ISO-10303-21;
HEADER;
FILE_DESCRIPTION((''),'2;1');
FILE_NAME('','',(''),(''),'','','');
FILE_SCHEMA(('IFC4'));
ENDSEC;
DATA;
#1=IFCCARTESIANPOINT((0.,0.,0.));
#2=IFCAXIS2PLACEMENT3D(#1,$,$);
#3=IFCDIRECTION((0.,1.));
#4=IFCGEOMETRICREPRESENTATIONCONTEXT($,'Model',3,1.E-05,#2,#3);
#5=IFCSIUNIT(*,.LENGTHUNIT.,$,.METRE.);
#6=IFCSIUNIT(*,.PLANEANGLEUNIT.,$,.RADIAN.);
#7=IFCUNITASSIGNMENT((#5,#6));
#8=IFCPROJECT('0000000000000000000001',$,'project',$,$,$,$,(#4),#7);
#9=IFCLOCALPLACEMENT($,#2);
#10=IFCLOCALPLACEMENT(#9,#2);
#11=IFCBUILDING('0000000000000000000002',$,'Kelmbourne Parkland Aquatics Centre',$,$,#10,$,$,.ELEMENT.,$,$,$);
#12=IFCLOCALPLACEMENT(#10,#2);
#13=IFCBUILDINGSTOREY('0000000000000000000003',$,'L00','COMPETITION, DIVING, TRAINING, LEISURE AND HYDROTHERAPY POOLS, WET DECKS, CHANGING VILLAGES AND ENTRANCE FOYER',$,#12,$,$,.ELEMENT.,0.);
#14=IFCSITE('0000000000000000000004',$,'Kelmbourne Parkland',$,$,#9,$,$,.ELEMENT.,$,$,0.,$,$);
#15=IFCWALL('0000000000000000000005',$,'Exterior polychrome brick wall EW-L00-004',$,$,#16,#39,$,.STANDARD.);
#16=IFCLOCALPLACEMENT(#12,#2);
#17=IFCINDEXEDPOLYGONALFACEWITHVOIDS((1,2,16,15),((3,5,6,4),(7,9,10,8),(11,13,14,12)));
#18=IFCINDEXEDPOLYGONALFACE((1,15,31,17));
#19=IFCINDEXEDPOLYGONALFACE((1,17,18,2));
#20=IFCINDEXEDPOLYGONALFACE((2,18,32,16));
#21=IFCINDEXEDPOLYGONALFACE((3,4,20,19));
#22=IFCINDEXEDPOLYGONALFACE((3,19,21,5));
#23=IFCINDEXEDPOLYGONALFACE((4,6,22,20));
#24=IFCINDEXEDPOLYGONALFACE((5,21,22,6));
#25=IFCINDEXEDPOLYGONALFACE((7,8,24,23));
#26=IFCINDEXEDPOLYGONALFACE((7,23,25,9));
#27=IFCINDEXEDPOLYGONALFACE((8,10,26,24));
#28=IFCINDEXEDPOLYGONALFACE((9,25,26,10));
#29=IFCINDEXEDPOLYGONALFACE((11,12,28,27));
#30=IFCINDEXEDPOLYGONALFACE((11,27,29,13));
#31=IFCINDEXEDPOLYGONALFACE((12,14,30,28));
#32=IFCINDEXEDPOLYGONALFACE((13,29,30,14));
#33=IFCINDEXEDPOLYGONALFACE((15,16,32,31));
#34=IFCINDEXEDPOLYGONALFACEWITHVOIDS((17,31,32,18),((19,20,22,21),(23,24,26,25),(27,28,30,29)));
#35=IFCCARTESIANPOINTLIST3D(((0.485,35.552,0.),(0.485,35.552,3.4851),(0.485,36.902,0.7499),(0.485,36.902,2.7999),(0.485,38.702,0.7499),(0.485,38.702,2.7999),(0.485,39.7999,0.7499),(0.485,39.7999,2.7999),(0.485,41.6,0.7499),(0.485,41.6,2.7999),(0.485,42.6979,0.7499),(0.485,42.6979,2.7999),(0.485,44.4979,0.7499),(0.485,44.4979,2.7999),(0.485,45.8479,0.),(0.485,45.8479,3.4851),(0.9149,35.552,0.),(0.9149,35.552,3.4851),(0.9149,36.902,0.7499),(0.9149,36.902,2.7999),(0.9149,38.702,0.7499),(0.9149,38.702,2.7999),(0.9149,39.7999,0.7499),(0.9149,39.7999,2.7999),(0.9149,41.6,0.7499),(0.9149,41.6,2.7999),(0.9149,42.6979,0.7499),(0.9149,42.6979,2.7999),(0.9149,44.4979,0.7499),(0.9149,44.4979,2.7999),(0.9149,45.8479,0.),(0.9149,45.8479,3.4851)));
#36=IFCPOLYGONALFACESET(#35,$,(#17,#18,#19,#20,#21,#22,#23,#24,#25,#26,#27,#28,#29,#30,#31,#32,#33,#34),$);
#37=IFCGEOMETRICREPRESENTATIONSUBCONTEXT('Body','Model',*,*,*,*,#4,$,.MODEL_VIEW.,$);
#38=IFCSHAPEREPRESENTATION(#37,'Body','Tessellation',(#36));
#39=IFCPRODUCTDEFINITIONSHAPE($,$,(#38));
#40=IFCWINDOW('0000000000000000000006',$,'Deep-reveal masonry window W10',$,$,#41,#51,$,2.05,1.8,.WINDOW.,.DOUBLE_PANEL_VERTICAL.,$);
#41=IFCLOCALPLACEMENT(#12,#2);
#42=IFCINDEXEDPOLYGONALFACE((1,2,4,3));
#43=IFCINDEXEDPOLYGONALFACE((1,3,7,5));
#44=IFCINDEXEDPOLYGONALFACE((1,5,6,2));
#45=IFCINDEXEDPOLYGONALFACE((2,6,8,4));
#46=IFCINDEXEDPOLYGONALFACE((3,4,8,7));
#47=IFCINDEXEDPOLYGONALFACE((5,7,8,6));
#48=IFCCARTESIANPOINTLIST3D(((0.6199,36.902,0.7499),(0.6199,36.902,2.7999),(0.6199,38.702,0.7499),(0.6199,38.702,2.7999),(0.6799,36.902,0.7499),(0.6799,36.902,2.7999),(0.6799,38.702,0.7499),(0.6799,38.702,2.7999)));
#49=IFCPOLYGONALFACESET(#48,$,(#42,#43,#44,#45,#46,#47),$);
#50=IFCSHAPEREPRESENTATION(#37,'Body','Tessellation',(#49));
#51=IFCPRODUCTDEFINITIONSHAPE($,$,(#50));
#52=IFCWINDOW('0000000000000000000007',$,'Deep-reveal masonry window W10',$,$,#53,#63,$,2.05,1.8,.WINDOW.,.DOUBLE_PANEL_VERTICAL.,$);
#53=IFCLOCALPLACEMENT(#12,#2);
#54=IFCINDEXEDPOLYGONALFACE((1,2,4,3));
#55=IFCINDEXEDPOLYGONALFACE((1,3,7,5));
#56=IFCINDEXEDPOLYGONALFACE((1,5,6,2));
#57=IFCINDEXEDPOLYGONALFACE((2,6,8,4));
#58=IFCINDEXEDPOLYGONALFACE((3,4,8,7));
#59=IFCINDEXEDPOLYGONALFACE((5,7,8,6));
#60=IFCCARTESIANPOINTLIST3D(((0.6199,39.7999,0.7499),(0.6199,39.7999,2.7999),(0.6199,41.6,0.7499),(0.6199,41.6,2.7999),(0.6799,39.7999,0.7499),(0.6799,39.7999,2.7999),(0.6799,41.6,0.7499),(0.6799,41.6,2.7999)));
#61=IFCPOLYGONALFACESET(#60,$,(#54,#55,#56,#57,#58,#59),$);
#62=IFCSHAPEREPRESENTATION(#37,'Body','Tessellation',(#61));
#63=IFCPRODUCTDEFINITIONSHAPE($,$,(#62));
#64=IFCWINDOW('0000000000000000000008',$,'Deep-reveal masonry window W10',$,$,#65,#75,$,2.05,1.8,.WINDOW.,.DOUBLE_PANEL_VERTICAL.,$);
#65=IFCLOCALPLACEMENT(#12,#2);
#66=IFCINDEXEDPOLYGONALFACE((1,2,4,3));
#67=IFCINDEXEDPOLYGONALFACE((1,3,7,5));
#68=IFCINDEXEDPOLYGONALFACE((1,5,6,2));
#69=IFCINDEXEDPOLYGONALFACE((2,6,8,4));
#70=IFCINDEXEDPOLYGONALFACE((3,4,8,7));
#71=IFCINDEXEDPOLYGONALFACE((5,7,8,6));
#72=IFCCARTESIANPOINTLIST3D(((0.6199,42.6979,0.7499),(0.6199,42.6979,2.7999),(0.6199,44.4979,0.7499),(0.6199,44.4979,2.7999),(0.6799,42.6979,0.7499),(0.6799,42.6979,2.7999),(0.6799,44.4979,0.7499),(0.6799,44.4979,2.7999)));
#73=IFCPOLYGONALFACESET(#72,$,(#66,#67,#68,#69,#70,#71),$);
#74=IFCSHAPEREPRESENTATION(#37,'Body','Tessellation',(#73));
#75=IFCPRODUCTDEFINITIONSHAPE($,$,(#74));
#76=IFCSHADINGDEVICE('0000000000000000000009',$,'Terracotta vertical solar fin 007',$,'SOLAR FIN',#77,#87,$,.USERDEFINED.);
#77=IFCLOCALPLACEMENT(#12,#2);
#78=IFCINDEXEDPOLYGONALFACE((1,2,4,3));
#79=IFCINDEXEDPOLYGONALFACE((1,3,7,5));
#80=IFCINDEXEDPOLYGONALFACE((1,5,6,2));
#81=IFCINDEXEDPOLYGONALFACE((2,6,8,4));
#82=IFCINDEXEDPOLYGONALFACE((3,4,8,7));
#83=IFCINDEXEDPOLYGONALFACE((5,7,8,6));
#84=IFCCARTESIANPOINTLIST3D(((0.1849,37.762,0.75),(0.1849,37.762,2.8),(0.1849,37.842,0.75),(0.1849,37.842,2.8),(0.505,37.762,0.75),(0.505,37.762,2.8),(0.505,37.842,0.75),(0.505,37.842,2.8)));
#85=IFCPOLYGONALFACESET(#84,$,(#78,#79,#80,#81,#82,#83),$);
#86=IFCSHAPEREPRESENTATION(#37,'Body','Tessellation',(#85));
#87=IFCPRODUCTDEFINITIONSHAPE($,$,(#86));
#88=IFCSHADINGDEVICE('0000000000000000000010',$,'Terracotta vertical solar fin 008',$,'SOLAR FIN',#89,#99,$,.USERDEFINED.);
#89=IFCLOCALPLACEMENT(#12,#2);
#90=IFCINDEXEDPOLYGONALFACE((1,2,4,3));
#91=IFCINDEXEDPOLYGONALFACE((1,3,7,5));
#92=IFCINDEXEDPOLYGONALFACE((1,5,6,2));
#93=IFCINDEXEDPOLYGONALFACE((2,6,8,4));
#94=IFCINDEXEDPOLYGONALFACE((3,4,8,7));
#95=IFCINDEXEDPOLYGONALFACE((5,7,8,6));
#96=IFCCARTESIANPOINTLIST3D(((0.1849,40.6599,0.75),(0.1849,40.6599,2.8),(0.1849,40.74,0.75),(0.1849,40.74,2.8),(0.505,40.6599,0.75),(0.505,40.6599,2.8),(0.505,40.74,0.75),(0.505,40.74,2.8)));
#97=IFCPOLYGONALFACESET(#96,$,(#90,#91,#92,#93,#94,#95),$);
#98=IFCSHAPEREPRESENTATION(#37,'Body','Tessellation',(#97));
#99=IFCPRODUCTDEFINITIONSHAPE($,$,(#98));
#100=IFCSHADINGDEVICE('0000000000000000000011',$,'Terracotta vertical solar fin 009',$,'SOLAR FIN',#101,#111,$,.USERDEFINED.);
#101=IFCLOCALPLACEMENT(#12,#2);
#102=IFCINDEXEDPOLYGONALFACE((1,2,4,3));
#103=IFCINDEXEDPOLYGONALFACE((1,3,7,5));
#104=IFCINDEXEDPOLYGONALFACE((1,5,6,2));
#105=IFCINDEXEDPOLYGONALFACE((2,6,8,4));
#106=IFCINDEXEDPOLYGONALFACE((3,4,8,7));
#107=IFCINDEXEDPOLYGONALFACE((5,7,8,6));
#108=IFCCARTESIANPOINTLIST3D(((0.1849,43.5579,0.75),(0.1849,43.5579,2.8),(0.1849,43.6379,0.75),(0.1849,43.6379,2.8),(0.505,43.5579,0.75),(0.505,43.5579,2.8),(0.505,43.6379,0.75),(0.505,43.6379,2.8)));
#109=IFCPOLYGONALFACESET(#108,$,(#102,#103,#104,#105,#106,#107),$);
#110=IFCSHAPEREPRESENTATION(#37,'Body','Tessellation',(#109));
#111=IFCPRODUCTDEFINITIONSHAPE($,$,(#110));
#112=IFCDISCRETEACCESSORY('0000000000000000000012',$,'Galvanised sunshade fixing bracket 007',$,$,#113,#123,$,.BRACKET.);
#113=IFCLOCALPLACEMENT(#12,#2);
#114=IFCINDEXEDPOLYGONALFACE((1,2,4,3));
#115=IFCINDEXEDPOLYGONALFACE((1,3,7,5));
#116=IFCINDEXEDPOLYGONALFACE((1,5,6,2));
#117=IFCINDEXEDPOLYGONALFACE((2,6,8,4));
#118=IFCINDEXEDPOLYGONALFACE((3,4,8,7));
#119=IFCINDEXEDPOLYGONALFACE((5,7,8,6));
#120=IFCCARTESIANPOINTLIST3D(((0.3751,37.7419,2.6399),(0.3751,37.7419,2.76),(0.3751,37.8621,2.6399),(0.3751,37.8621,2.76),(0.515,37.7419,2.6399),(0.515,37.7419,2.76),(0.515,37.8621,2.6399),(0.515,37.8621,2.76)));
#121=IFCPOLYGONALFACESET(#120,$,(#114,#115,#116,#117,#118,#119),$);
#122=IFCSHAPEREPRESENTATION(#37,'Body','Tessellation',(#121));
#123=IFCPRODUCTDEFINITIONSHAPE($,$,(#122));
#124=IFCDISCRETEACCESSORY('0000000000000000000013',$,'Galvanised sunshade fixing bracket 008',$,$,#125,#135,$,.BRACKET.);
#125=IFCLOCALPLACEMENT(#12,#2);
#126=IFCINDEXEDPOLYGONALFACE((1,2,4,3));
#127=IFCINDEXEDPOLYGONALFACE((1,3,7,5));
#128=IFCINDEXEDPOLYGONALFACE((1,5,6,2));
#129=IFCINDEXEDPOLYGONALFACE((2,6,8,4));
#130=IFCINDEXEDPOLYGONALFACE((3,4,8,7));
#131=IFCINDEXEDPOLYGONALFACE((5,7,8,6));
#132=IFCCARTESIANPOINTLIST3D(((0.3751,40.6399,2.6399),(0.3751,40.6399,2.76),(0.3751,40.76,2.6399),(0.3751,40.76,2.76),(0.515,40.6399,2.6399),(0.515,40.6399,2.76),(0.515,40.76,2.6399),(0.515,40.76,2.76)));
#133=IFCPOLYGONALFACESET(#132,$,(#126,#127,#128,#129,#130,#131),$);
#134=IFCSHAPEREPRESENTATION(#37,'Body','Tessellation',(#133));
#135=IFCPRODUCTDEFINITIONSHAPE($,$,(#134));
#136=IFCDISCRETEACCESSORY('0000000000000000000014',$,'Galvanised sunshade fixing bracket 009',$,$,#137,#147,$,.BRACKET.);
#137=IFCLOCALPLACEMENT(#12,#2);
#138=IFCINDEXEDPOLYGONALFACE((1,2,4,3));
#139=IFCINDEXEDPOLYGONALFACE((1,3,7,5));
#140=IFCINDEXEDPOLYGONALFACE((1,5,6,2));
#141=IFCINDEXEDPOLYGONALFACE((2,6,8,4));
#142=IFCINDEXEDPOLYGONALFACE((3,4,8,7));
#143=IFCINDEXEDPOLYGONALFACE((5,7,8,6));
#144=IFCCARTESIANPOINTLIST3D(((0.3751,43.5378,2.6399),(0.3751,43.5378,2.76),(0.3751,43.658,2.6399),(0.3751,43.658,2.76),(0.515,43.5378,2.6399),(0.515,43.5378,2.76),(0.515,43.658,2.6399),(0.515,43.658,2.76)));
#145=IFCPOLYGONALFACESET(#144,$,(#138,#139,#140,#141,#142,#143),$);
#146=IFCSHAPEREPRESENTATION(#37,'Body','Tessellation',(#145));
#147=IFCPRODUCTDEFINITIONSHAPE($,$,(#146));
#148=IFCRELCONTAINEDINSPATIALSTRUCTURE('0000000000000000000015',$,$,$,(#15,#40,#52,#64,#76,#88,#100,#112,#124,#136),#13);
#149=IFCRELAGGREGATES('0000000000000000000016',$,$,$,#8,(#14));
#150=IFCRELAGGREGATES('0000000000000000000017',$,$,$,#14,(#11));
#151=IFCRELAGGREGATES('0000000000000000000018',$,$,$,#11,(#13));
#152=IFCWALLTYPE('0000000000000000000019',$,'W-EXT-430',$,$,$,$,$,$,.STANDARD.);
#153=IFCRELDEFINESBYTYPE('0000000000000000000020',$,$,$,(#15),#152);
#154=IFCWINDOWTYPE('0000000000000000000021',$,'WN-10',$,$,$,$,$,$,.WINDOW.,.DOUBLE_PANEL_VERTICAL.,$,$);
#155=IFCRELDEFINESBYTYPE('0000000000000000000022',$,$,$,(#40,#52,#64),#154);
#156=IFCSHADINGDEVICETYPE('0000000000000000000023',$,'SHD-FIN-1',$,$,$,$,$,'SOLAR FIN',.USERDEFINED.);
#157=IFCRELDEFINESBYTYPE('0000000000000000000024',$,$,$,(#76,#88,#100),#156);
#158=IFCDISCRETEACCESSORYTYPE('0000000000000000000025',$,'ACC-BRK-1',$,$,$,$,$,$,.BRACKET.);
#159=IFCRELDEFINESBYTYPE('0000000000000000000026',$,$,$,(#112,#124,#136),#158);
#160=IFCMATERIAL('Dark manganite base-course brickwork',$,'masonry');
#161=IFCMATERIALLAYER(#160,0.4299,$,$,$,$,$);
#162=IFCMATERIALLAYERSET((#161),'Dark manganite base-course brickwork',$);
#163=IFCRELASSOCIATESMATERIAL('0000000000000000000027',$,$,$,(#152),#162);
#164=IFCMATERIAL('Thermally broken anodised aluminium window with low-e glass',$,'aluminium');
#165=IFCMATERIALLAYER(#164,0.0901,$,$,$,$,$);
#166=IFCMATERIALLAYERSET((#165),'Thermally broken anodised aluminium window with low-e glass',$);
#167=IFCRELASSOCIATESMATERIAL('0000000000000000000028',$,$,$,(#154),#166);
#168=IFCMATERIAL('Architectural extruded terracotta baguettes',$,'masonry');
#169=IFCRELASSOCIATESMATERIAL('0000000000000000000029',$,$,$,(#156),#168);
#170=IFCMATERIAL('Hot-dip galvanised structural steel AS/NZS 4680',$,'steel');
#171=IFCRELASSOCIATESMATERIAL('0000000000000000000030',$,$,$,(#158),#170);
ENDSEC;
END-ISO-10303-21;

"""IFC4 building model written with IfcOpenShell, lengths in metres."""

from ifc_helpers import new_model, si_unit, direction, frame, frame_2d, origin, origin_2d, place, context, subcontext, project, spatial, rectangle, extrude, material, layer, layer_set, type_object, element, fill, save


model = new_model("IFC4")

# Units and contexts
model_context = context("Model", 3, precision=1e-05, world=origin(), true_north=direction((0.0, 1.0)))
body_context = subcontext(model_context, "Body", "Model", "MODEL_VIEW")
ifc_project = project(units=[si_unit("LENGTHUNIT", "METRE"), si_unit("PLANEANGLEUNIT", "RADIAN")], contexts=[model_context])

# Site, building, storey
site_placement = place(None, origin())
site = spatial("IfcSite", under=ifc_project, at=site_placement, Name="Kelmbourne Parkland", CompositionType="ELEMENT", RefElevation=0.0)
building_placement = place(site_placement, origin())
building = spatial("IfcBuilding", under=site, at=building_placement, Name="Kelmbourne Parkland Aquatics Centre", CompositionType="ELEMENT")
storey_placement = place(building_placement, origin())
storey = spatial("IfcBuildingStorey", under=building, at=storey_placement, Name="L00", Description="COMPETITION, DIVING, TRAINING, LEISURE AND HYDROTHERAPY POOLS, WET DECKS, CHANGING VILLAGES AND ENTRANCE FOYER", CompositionType="ELEMENT", Elevation=0.0)

# Wall, openings, windows
ifc_material_1 = material(Name="Dark manganite base-course brickwork", Category="masonry")
ifc_layer_1 = layer(ifc_material_1, 0.4299)
ifc_layer_set_1 = layer_set([ifc_layer_1], Name="Dark manganite base-course brickwork")
wall_type = type_object("IfcWallType", Name="W-EXT-430", PredefinedType="STANDARD", material=ifc_layer_set_1)
wall_placement = place(storey_placement, frame((0.7, 35.552, 0.0), z_axis=(0.0, 0.0, 1.0), x_axis=(0.0, 1.0, 0.0)))
wall = element("IfcWall", 1, at=wall_placement, inside=storey, type_object=wall_type, Name="Exterior polychrome brick wall EW-L00-004", PredefinedType="STANDARD", context=body_context, shape_type="SweptSolid", body=[
    extrude(rectangle(XDim=10.2959, YDim=0.4299, at=frame_2d((5.1479, 0.0))), origin(), (0.0, 0.0, 1.0), 3.4851),
])
opening_1_placement = place(wall_placement, frame((1.3501, 0.0, 0.75)))
opening_1 = element("IfcOpeningElement", 2, at=opening_1_placement, cuts=wall, PredefinedType="OPENING", context=body_context, shape_type="SweptSolid", body=[
    extrude(rectangle(XDim=1.8, YDim=2.05, at=frame_2d((0.8999, 1.0249))), frame((0.0, 0.2271, 0.0), z_axis=(0.0, -1.0, 0.0), x_axis=(1.0, 0.0, 0.0)), (0.0, 0.0, 1.0), 0.4539),
])
opening_2_placement = place(wall_placement, frame((4.248, 0.0, 0.75)))
opening_2 = element("IfcOpeningElement", 3, at=opening_2_placement, cuts=wall, PredefinedType="OPENING", context=body_context, shape_type="SweptSolid", body=[
    extrude(rectangle(XDim=1.8, YDim=2.05, at=frame_2d((0.8999, 1.0249))), frame((0.0, 0.2271, 0.0), z_axis=(0.0, -1.0, 0.0), x_axis=(1.0, 0.0, 0.0)), (0.0, 0.0, 1.0), 0.4539),
])
opening_3_placement = place(wall_placement, frame((7.146, 0.0, 0.75)))
opening_3 = element("IfcOpeningElement", 4, at=opening_3_placement, cuts=wall, PredefinedType="OPENING", context=body_context, shape_type="SweptSolid", body=[
    extrude(rectangle(XDim=1.8, YDim=2.05, at=frame_2d((0.8999, 1.0249))), frame((0.0, 0.2271, 0.0), z_axis=(0.0, -1.0, 0.0), x_axis=(1.0, 0.0, 0.0)), (0.0, 0.0, 1.0), 0.4539),
])
ifc_material_2 = material(Name="Thermally broken anodised aluminium window with low-e glass", Category="aluminium")
ifc_layer_2 = layer(ifc_material_2, 0.0901)
ifc_layer_set_2 = layer_set([ifc_layer_2], Name="Thermally broken anodised aluminium window with low-e glass")
window_type = type_object("IfcWindowType", Name="WN-10", PartitioningType="DOUBLE_PANEL_VERTICAL", PredefinedType="WINDOW", material=ifc_layer_set_2)
window_1_placement = place(opening_1_placement, origin())
window_1 = element("IfcWindow", 5, at=window_1_placement, inside=storey, type_object=window_type, Name="Deep-reveal masonry window W10", OverallHeight=2.05, OverallWidth=1.8, PartitioningType="DOUBLE_PANEL_VERTICAL", PredefinedType="WINDOW", context=body_context, shape_type="SweptSolid", body=[
    extrude(rectangle(XDim=1.8, YDim=2.05, at=frame_2d((0.8999, 1.0249))), frame((0.0, 0.0801, 0.0), z_axis=(0.0, -1.0, 0.0), x_axis=(1.0, 0.0, 0.0)), (0.0, 0.0, 1.0), 0.0601),
])
fill(opening_1, window_1)
window_2_placement = place(opening_2_placement, origin())
window_2 = element("IfcWindow", 6, at=window_2_placement, inside=storey, type_object=window_type, Name="Deep-reveal masonry window W10", OverallHeight=2.05, OverallWidth=1.8, PartitioningType="DOUBLE_PANEL_VERTICAL", PredefinedType="WINDOW", context=body_context, shape_type="SweptSolid", body=[
    extrude(rectangle(XDim=1.8, YDim=2.05, at=frame_2d((0.8999, 1.0249))), frame((0.0, 0.0801, 0.0), z_axis=(0.0, -1.0, 0.0), x_axis=(1.0, 0.0, 0.0)), (0.0, 0.0, 1.0), 0.0601),
])
fill(opening_2, window_2)
window_3_placement = place(opening_3_placement, origin())
window_3 = element("IfcWindow", 7, at=window_3_placement, inside=storey, type_object=window_type, Name="Deep-reveal masonry window W10", OverallHeight=2.05, OverallWidth=1.8, PartitioningType="DOUBLE_PANEL_VERTICAL", PredefinedType="WINDOW", context=body_context, shape_type="SweptSolid", body=[
    extrude(rectangle(XDim=1.8, YDim=2.05, at=frame_2d((0.8999, 1.0249))), frame((0.0, 0.0801, 0.0), z_axis=(0.0, -1.0, 0.0), x_axis=(1.0, 0.0, 0.0)), (0.0, 0.0, 1.0), 0.0601),
])
fill(opening_3, window_3)

# Shading devices
ifc_material_3 = material(Name="Architectural extruded terracotta baguettes", Category="masonry")
shading_device_type = type_object("IfcShadingDeviceType", Name="SHD-FIN-1", ElementType="SOLAR FIN", PredefinedType="USERDEFINED", material=ifc_material_3)
for number, where, z_axis, x_axis, name in (
    (8, (0.345, 37.802, 0.75), (0.0, 0.0, 1.0), (0.0, 1.0, 0.0), "Terracotta vertical solar fin 007"),
    (9, (0.345, 40.7, 0.75), (0.0, 0.0, 1.0), (0.0, 1.0, 0.0), "Terracotta vertical solar fin 008"),
    (10, (0.345, 43.5979, 0.75), (0.0, 0.0, 1.0), (0.0, 1.0, 0.0), "Terracotta vertical solar fin 009"),
):
    element("IfcShadingDevice", number, at=place(storey_placement, frame(where, z_axis=z_axis, x_axis=x_axis)), inside=storey, type_object=shading_device_type, Name=name, ObjectType="SOLAR FIN", PredefinedType="USERDEFINED", context=body_context, shape_type="SweptSolid", body=[
        extrude(rectangle(XDim=0.0801, YDim=0.3201, at=origin_2d()), origin(), (0.0, 0.0, 1.0), 2.05),
    ])

# Discrete accessories
ifc_material_4 = material(Name="Hot-dip galvanised structural steel AS/NZS 4680", Category="steel")
discrete_accessory_type = type_object("IfcDiscreteAccessoryType", Name="ACC-BRK-1", PredefinedType="BRACKET", material=ifc_material_4)
for number, where, z_axis, x_axis, name in (
    (11, (0.4451, 37.802, 2.6399), (0.0, 0.0, 1.0), (0.0, 1.0, 0.0), "Galvanised sunshade fixing bracket 007"),
    (12, (0.4451, 40.7, 2.6399), (0.0, 0.0, 1.0), (0.0, 1.0, 0.0), "Galvanised sunshade fixing bracket 008"),
    (13, (0.4451, 43.5979, 2.6399), (0.0, 0.0, 1.0), (0.0, 1.0, 0.0), "Galvanised sunshade fixing bracket 009"),
):
    element("IfcDiscreteAccessory", number, at=place(storey_placement, frame(where, z_axis=z_axis, x_axis=x_axis)), inside=storey, type_object=discrete_accessory_type, Name=name, PredefinedType="BRACKET", context=body_context, shape_type="SweptSolid", body=[
        extrude(rectangle(XDim=0.1201, YDim=0.1399, at=origin_2d()), origin(), (0.0, 0.0, 1.0), 0.1201),
    ])

save(model, "model.ifc")
